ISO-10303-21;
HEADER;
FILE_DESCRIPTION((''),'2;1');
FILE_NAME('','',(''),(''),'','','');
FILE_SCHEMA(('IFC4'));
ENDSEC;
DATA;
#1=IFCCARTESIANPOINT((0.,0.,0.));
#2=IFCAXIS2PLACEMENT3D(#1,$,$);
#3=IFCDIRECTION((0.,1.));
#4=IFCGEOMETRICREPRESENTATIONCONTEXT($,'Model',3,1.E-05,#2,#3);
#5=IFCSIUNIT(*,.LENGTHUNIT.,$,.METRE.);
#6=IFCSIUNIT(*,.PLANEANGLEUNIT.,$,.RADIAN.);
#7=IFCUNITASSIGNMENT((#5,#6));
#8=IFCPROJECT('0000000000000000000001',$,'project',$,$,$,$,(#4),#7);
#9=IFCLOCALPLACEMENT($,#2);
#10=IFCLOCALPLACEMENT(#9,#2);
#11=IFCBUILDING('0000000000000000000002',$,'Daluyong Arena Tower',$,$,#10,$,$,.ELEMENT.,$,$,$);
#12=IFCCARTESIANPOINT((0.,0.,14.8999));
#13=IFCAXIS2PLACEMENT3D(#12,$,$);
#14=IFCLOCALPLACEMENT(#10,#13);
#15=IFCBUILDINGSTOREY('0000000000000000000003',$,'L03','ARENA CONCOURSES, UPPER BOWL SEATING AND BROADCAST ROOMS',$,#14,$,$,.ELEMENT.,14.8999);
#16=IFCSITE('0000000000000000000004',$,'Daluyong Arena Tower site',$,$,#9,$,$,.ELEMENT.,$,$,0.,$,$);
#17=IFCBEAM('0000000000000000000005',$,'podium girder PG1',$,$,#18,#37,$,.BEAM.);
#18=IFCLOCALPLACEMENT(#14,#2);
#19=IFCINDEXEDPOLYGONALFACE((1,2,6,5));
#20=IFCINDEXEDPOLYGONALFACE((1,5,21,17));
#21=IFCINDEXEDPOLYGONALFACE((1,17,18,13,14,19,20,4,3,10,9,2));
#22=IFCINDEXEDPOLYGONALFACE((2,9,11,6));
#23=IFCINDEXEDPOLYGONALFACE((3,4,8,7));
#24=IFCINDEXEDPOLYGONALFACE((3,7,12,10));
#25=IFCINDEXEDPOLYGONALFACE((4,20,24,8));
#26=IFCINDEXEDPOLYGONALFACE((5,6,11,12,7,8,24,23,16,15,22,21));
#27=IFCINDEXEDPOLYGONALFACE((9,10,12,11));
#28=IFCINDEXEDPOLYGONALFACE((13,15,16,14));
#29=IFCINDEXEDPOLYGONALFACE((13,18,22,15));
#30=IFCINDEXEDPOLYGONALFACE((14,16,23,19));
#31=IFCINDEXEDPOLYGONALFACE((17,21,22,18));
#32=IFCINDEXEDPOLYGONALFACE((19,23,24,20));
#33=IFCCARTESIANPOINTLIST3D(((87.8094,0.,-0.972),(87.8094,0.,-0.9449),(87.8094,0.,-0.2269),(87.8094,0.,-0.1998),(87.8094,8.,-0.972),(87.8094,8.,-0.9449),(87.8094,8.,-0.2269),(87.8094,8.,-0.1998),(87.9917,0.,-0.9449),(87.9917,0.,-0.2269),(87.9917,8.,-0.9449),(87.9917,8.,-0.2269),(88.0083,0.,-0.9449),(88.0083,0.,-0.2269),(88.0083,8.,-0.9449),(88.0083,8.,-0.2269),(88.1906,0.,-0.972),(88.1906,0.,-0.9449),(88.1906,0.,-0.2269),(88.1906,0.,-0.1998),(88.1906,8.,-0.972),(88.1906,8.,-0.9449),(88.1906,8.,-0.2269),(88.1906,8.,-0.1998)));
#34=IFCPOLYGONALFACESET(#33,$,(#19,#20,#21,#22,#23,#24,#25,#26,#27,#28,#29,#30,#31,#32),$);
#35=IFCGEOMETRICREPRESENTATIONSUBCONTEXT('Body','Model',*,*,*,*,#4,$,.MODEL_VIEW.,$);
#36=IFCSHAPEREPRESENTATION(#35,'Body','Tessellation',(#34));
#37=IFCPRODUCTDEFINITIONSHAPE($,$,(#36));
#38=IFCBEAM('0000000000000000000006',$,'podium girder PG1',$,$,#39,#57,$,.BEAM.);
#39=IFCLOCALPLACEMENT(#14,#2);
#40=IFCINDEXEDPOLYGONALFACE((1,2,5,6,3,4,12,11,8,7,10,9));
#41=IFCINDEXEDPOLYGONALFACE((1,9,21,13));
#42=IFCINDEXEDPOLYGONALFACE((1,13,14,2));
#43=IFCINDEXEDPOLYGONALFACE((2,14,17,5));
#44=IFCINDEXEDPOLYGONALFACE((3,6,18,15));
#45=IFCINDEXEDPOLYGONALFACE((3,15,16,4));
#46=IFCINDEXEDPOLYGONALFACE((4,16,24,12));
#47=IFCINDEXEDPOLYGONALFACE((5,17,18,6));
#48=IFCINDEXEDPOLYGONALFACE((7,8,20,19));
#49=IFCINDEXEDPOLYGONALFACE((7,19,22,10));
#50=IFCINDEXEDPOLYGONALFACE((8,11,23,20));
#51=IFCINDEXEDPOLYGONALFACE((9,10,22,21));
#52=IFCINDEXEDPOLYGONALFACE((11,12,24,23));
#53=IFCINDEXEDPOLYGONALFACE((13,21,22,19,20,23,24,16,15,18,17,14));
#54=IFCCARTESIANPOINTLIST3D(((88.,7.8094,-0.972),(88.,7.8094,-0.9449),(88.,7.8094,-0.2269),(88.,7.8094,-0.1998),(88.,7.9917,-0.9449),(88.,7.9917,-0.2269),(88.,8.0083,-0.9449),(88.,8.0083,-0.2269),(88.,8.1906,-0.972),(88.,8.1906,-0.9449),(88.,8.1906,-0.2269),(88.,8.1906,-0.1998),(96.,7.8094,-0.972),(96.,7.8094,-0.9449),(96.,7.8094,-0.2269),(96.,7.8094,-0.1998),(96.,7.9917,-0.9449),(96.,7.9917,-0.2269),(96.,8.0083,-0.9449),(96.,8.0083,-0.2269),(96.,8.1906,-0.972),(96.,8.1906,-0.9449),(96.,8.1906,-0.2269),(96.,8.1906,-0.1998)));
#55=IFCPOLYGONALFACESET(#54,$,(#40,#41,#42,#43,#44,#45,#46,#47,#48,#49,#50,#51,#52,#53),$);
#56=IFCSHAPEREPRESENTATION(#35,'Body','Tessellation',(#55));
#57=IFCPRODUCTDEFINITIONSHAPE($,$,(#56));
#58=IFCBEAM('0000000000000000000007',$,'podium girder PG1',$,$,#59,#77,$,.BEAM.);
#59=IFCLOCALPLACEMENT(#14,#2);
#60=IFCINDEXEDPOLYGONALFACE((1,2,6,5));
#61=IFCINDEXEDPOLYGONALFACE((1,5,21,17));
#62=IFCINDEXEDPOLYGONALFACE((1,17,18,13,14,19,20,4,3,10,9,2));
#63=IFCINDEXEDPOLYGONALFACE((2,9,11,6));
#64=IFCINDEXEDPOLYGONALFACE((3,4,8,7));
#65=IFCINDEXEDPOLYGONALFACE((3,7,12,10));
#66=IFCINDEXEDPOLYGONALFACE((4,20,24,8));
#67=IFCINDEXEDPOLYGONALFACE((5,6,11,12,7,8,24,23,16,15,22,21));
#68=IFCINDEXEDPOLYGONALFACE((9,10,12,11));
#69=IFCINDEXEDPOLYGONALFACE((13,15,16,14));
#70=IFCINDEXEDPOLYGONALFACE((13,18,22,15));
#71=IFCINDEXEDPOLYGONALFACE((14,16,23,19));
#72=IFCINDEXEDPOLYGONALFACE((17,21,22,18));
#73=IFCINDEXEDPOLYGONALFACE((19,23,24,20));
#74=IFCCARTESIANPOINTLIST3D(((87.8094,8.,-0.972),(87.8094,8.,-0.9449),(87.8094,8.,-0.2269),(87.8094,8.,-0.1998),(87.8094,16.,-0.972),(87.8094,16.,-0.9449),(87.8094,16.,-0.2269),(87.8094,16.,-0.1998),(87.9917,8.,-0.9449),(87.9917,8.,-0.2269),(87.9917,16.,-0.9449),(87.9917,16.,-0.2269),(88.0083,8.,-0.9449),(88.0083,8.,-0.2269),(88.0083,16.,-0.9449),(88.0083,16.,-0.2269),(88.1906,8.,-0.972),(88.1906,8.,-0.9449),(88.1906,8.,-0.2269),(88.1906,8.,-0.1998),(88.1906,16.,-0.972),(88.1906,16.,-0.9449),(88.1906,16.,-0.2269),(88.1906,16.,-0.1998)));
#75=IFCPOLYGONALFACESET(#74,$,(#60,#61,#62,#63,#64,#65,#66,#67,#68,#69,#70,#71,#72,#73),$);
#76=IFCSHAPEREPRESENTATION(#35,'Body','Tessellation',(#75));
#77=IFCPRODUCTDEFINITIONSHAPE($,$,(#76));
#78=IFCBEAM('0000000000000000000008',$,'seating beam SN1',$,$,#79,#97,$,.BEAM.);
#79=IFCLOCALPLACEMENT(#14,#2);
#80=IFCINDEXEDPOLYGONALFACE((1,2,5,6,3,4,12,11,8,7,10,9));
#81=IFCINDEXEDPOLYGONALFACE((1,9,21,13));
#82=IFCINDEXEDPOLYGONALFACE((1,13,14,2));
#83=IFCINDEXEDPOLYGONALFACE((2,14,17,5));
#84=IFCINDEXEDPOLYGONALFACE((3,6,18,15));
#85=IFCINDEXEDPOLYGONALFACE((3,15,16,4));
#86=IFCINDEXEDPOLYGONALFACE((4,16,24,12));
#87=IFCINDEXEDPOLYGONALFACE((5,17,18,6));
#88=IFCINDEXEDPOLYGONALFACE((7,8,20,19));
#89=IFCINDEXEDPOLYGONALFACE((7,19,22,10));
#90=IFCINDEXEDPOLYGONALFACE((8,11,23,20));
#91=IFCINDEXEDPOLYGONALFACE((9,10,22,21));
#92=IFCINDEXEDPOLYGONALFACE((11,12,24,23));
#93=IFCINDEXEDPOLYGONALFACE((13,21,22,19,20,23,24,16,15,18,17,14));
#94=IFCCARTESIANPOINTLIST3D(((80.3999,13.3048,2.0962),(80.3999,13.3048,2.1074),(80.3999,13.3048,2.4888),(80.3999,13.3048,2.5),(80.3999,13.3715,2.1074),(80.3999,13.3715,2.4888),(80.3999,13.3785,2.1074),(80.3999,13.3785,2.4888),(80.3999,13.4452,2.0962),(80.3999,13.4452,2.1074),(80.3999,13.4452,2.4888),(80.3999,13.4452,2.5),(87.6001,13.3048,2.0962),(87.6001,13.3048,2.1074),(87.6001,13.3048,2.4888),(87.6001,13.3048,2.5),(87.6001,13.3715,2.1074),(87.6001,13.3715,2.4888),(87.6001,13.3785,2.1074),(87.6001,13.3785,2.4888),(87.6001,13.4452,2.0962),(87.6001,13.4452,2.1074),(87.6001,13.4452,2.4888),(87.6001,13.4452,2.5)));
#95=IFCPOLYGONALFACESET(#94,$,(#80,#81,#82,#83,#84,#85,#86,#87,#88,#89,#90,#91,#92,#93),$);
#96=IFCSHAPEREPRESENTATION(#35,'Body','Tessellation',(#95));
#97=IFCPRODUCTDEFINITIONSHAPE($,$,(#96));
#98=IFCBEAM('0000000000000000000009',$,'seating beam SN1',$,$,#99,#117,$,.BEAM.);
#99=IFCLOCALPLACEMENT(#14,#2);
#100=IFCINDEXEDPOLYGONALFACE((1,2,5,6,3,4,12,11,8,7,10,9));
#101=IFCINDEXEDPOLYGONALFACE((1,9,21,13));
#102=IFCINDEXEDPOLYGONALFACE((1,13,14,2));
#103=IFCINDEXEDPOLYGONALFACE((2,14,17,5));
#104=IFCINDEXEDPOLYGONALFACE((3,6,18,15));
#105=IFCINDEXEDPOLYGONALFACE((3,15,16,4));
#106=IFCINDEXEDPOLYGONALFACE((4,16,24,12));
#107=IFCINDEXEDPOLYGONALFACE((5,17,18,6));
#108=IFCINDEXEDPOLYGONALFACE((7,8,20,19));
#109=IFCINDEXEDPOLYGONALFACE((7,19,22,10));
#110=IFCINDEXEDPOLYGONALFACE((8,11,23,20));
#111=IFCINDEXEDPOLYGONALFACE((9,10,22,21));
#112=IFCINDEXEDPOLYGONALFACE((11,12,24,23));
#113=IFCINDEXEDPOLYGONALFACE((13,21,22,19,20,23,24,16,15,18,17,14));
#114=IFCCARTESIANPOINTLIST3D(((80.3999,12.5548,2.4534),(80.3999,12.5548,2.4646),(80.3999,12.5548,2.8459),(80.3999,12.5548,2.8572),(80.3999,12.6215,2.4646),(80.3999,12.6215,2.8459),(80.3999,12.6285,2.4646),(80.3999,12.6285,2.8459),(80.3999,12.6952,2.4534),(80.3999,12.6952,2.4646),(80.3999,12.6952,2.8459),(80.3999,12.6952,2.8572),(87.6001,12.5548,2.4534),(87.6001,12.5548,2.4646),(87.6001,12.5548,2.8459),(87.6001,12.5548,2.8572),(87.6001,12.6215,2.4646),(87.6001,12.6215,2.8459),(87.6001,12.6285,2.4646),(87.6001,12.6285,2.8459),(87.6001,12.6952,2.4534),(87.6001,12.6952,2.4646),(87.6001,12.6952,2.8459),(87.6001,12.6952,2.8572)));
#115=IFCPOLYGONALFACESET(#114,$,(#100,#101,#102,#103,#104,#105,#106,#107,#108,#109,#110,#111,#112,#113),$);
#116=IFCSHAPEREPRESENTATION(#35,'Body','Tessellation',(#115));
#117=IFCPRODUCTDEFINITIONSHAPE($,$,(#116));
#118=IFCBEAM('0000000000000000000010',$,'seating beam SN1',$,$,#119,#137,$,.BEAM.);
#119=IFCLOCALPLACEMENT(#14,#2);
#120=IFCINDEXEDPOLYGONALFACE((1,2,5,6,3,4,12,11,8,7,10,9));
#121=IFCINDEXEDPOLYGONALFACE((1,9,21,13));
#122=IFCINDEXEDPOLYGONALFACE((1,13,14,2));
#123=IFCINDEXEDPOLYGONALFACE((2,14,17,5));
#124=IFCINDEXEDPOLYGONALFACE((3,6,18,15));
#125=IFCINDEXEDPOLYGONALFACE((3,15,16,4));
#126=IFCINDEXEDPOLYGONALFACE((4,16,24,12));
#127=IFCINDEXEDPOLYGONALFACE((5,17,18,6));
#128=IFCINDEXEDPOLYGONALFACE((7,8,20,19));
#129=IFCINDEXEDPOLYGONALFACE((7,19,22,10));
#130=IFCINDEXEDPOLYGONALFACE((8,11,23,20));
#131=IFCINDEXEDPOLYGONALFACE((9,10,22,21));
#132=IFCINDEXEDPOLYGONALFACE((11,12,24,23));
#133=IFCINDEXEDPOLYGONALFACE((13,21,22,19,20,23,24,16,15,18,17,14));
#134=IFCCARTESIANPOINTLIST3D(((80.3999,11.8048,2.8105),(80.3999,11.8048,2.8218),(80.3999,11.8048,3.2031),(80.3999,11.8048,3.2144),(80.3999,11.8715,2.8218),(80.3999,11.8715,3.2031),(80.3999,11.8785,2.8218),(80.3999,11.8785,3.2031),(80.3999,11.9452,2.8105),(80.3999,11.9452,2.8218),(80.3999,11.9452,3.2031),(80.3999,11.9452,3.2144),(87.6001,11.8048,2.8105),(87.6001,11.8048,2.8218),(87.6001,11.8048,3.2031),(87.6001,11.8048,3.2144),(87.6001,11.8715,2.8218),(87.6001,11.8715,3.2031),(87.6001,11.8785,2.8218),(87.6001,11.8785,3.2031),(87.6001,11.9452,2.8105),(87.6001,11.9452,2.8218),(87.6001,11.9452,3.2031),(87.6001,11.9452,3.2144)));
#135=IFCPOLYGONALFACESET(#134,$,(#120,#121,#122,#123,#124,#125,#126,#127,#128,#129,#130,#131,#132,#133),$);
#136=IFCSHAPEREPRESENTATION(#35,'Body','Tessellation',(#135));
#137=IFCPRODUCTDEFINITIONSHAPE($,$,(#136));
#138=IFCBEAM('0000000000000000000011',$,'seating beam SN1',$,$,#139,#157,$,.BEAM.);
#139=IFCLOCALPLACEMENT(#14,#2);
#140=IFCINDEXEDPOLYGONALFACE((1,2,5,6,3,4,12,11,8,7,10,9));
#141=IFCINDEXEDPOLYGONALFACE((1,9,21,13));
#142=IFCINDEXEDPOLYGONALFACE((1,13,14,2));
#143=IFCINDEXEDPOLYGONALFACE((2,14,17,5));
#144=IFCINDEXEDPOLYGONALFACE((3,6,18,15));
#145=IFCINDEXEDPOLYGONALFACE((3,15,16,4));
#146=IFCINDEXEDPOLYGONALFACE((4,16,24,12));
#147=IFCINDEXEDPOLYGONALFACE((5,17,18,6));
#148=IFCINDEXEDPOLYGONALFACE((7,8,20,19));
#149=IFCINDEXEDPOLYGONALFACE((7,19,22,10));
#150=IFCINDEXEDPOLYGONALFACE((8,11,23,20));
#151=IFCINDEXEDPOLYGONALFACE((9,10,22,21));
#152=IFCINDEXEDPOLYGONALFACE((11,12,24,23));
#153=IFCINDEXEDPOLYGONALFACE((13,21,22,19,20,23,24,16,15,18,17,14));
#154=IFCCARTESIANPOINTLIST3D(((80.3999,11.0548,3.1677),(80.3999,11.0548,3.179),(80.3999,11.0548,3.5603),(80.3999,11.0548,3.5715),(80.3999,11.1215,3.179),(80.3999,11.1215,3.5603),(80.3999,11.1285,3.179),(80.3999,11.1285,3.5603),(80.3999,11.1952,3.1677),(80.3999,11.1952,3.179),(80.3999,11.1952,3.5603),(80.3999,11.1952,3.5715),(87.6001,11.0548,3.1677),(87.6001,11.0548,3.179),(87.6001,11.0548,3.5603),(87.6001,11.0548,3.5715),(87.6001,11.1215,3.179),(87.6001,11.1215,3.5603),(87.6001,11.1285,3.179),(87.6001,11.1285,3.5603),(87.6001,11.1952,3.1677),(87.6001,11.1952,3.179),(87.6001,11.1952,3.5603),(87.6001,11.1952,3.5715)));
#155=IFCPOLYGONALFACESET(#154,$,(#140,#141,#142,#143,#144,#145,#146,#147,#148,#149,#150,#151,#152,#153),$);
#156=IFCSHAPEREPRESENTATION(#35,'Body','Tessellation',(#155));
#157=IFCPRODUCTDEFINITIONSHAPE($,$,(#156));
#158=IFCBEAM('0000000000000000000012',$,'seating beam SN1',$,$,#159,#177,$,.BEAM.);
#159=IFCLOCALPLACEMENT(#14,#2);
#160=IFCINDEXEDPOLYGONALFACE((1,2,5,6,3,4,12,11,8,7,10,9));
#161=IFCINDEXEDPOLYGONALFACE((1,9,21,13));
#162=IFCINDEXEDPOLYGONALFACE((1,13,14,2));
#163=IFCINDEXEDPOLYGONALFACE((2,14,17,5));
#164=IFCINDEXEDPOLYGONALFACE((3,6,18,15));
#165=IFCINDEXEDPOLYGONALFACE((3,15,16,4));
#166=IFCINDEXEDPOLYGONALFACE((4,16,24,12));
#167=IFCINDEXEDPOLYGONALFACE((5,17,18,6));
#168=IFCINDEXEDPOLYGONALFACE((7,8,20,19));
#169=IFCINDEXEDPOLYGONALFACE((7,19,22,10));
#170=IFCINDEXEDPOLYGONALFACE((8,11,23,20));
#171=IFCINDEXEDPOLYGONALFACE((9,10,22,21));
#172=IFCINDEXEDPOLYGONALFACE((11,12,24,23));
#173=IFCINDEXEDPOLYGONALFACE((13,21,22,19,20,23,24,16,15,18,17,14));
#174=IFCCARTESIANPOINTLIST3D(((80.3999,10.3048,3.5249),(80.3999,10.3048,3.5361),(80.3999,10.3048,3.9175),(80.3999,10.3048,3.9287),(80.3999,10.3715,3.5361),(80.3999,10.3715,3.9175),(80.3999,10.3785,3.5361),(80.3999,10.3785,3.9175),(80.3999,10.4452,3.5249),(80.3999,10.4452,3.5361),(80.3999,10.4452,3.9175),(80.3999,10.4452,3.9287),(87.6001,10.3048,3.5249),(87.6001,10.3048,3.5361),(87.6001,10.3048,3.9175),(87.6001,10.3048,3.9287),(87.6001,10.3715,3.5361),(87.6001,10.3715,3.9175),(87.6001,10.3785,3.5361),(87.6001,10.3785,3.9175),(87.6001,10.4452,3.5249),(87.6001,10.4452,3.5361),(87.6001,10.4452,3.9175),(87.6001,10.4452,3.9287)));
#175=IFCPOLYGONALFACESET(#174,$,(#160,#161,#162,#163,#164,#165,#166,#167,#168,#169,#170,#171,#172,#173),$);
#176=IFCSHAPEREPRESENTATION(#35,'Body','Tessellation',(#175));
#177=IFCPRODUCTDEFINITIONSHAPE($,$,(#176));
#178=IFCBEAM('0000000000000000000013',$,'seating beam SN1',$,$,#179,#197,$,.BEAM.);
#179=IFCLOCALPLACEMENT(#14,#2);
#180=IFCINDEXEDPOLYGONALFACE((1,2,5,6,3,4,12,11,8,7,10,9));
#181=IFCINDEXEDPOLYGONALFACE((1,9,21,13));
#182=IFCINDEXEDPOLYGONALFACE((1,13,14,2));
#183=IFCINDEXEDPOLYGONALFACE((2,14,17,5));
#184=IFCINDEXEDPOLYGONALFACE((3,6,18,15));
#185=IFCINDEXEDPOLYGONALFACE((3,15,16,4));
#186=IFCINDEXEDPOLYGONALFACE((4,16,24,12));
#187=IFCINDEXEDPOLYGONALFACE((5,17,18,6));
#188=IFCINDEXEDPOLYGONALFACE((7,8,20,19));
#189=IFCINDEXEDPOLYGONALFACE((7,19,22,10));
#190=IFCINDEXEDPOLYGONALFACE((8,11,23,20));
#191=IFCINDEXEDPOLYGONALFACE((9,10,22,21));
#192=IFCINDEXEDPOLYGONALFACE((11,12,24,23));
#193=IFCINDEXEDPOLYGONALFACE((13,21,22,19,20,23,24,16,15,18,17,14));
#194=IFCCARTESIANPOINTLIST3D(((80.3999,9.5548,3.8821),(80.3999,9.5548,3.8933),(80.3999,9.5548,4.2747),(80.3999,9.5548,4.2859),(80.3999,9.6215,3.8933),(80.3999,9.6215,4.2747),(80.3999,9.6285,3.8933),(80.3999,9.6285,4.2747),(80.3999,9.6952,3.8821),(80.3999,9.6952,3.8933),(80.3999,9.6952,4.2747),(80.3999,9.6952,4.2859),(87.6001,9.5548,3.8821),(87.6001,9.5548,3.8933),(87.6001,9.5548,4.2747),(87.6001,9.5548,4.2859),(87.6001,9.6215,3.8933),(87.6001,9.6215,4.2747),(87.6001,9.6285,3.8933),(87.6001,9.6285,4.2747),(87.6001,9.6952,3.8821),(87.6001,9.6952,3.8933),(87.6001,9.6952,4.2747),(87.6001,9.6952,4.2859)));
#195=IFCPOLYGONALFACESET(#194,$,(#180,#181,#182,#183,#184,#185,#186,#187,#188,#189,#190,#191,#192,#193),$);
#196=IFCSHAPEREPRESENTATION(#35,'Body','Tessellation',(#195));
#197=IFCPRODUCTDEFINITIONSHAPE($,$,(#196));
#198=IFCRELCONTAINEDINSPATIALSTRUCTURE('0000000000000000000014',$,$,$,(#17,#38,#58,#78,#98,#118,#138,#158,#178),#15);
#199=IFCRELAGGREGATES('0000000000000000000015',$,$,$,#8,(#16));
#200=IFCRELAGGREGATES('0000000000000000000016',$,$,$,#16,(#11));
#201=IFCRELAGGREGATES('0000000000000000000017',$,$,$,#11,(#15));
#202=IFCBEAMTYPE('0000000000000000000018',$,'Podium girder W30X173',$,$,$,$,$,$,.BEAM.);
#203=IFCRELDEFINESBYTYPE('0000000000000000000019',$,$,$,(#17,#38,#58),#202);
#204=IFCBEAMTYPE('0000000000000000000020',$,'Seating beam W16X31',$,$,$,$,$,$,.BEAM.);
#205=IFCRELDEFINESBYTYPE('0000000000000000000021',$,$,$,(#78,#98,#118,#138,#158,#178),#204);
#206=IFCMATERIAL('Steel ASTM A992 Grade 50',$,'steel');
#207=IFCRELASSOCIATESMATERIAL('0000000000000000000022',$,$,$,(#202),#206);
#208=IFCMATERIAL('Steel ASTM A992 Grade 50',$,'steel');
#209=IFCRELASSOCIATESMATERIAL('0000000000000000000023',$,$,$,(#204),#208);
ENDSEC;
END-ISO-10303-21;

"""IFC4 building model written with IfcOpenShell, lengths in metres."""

from ifc_helpers import new_model, si_unit, direction, frame, origin, origin_2d, place, context, subcontext, project, spatial, i_section, extrude, material, material_profile, profile_set, type_object, element, save


model = new_model("IFC4")

# Units and contexts
model_context = context("Model", 3, precision=1e-05, world=origin(), true_north=direction((0.0, 1.0)))
body_context = subcontext(model_context, "Body", "Model", "MODEL_VIEW")
ifc_project = project(units=[si_unit("LENGTHUNIT", "METRE"), si_unit("PLANEANGLEUNIT", "RADIAN")], contexts=[model_context])

# Site, building, storey
site_placement = place(None, origin())
site = spatial("IfcSite", under=ifc_project, at=site_placement, Name="Daluyong Arena Tower site", CompositionType="ELEMENT", RefElevation=0.0)
building_placement = place(site_placement, origin())
building = spatial("IfcBuilding", under=site, at=building_placement, Name="Daluyong Arena Tower", CompositionType="ELEMENT")
storey_placement = place(building_placement, frame((0.0, 0.0, 14.8999)))
storey = spatial("IfcBuildingStorey", under=building, at=storey_placement, Name="L03", Description="ARENA CONCOURSES, UPPER BOWL SEATING AND BROADCAST ROOMS", CompositionType="ELEMENT", Elevation=14.8999)

# Beams
ifc_material_1 = material(Name="Steel ASTM A992 Grade 50", Category="steel")
ifc_material_profile_1 = material_profile(ifc_material_1, i_section(OverallWidth=0.3811, OverallDepth=0.7722, WebThickness=0.0166, FlangeThickness=0.0271, at=origin_2d()))
ifc_profile_set_1 = profile_set([ifc_material_profile_1], Name="Steel ASTM A992 Grade 50")
beam_type_1 = type_object("IfcBeamType", Name="Podium girder W30X173", PredefinedType="BEAM", material=ifc_profile_set_1)
for number, where, z_axis, x_axis, name in (
    (1, (88.0, 0.0, -0.5859), (0.0, 1.0, 0.0), (-1.0, 0.0, 0.0), "podium girder PG1"),
    (2, (88.0, 8.0, -0.5859), (1.0, 0.0, 0.0), (0.0, 1.0, 0.0), "podium girder PG1"),
    (3, (88.0, 8.0, -0.5859), (0.0, 1.0, 0.0), (-1.0, 0.0, 0.0), "podium girder PG1"),
):
    element("IfcBeam", number, at=place(storey_placement, frame(where, z_axis=z_axis, x_axis=x_axis)), inside=storey, type_object=beam_type_1, Name=name, PredefinedType="BEAM", context=body_context, shape_type="SweptSolid", body=[
        extrude(i_section(OverallWidth=0.3811, OverallDepth=0.7722, WebThickness=0.0166, FlangeThickness=0.0271, at=origin_2d()), origin(), (0.0, 0.0, 1.0), 8.0),
    ])
ifc_material_2 = material(Name="Steel ASTM A992 Grade 50", Category="steel")
ifc_material_profile_2 = material_profile(ifc_material_2, i_section(OverallWidth=0.1404, OverallDepth=0.4038, WebThickness=0.0071, FlangeThickness=0.0112, at=origin_2d()))
ifc_profile_set_2 = profile_set([ifc_material_profile_2], Name="Steel ASTM A992 Grade 50")
beam_type_2 = type_object("IfcBeamType", Name="Seating beam W16X31", PredefinedType="BEAM", material=ifc_profile_set_2)
for number, where, z_axis, x_axis, name in (
    (4, (80.3999, 13.375, 2.2981), (1.0, 0.0, 0.0), (0.0, 1.0, 0.0), "seating beam SN1"),
    (5, (80.3999, 12.625, 2.6553), (1.0, 0.0, 0.0), (0.0, 1.0, 0.0), "seating beam SN1"),
    (6, (80.3999, 11.875, 3.0125), (1.0, 0.0, 0.0), (0.0, 1.0, 0.0), "seating beam SN1"),
    (7, (80.3999, 11.125, 3.3696), (1.0, 0.0, 0.0), (0.0, 1.0, 0.0), "seating beam SN1"),
    (8, (80.3999, 10.375, 3.7268), (1.0, 0.0, 0.0), (0.0, 1.0, 0.0), "seating beam SN1"),
    (9, (80.3999, 9.625, 4.084), (1.0, 0.0, 0.0), (0.0, 1.0, 0.0), "seating beam SN1"),
):
    element("IfcBeam", number, at=place(storey_placement, frame(where, z_axis=z_axis, x_axis=x_axis)), inside=storey, type_object=beam_type_2, Name=name, PredefinedType="BEAM", context=body_context, shape_type="SweptSolid", body=[
        extrude(i_section(OverallWidth=0.1404, OverallDepth=0.4038, WebThickness=0.0071, FlangeThickness=0.0112, at=origin_2d()), origin(), (0.0, 0.0, 1.0), 7.2002),
    ])

save(model, "model.ifc")
